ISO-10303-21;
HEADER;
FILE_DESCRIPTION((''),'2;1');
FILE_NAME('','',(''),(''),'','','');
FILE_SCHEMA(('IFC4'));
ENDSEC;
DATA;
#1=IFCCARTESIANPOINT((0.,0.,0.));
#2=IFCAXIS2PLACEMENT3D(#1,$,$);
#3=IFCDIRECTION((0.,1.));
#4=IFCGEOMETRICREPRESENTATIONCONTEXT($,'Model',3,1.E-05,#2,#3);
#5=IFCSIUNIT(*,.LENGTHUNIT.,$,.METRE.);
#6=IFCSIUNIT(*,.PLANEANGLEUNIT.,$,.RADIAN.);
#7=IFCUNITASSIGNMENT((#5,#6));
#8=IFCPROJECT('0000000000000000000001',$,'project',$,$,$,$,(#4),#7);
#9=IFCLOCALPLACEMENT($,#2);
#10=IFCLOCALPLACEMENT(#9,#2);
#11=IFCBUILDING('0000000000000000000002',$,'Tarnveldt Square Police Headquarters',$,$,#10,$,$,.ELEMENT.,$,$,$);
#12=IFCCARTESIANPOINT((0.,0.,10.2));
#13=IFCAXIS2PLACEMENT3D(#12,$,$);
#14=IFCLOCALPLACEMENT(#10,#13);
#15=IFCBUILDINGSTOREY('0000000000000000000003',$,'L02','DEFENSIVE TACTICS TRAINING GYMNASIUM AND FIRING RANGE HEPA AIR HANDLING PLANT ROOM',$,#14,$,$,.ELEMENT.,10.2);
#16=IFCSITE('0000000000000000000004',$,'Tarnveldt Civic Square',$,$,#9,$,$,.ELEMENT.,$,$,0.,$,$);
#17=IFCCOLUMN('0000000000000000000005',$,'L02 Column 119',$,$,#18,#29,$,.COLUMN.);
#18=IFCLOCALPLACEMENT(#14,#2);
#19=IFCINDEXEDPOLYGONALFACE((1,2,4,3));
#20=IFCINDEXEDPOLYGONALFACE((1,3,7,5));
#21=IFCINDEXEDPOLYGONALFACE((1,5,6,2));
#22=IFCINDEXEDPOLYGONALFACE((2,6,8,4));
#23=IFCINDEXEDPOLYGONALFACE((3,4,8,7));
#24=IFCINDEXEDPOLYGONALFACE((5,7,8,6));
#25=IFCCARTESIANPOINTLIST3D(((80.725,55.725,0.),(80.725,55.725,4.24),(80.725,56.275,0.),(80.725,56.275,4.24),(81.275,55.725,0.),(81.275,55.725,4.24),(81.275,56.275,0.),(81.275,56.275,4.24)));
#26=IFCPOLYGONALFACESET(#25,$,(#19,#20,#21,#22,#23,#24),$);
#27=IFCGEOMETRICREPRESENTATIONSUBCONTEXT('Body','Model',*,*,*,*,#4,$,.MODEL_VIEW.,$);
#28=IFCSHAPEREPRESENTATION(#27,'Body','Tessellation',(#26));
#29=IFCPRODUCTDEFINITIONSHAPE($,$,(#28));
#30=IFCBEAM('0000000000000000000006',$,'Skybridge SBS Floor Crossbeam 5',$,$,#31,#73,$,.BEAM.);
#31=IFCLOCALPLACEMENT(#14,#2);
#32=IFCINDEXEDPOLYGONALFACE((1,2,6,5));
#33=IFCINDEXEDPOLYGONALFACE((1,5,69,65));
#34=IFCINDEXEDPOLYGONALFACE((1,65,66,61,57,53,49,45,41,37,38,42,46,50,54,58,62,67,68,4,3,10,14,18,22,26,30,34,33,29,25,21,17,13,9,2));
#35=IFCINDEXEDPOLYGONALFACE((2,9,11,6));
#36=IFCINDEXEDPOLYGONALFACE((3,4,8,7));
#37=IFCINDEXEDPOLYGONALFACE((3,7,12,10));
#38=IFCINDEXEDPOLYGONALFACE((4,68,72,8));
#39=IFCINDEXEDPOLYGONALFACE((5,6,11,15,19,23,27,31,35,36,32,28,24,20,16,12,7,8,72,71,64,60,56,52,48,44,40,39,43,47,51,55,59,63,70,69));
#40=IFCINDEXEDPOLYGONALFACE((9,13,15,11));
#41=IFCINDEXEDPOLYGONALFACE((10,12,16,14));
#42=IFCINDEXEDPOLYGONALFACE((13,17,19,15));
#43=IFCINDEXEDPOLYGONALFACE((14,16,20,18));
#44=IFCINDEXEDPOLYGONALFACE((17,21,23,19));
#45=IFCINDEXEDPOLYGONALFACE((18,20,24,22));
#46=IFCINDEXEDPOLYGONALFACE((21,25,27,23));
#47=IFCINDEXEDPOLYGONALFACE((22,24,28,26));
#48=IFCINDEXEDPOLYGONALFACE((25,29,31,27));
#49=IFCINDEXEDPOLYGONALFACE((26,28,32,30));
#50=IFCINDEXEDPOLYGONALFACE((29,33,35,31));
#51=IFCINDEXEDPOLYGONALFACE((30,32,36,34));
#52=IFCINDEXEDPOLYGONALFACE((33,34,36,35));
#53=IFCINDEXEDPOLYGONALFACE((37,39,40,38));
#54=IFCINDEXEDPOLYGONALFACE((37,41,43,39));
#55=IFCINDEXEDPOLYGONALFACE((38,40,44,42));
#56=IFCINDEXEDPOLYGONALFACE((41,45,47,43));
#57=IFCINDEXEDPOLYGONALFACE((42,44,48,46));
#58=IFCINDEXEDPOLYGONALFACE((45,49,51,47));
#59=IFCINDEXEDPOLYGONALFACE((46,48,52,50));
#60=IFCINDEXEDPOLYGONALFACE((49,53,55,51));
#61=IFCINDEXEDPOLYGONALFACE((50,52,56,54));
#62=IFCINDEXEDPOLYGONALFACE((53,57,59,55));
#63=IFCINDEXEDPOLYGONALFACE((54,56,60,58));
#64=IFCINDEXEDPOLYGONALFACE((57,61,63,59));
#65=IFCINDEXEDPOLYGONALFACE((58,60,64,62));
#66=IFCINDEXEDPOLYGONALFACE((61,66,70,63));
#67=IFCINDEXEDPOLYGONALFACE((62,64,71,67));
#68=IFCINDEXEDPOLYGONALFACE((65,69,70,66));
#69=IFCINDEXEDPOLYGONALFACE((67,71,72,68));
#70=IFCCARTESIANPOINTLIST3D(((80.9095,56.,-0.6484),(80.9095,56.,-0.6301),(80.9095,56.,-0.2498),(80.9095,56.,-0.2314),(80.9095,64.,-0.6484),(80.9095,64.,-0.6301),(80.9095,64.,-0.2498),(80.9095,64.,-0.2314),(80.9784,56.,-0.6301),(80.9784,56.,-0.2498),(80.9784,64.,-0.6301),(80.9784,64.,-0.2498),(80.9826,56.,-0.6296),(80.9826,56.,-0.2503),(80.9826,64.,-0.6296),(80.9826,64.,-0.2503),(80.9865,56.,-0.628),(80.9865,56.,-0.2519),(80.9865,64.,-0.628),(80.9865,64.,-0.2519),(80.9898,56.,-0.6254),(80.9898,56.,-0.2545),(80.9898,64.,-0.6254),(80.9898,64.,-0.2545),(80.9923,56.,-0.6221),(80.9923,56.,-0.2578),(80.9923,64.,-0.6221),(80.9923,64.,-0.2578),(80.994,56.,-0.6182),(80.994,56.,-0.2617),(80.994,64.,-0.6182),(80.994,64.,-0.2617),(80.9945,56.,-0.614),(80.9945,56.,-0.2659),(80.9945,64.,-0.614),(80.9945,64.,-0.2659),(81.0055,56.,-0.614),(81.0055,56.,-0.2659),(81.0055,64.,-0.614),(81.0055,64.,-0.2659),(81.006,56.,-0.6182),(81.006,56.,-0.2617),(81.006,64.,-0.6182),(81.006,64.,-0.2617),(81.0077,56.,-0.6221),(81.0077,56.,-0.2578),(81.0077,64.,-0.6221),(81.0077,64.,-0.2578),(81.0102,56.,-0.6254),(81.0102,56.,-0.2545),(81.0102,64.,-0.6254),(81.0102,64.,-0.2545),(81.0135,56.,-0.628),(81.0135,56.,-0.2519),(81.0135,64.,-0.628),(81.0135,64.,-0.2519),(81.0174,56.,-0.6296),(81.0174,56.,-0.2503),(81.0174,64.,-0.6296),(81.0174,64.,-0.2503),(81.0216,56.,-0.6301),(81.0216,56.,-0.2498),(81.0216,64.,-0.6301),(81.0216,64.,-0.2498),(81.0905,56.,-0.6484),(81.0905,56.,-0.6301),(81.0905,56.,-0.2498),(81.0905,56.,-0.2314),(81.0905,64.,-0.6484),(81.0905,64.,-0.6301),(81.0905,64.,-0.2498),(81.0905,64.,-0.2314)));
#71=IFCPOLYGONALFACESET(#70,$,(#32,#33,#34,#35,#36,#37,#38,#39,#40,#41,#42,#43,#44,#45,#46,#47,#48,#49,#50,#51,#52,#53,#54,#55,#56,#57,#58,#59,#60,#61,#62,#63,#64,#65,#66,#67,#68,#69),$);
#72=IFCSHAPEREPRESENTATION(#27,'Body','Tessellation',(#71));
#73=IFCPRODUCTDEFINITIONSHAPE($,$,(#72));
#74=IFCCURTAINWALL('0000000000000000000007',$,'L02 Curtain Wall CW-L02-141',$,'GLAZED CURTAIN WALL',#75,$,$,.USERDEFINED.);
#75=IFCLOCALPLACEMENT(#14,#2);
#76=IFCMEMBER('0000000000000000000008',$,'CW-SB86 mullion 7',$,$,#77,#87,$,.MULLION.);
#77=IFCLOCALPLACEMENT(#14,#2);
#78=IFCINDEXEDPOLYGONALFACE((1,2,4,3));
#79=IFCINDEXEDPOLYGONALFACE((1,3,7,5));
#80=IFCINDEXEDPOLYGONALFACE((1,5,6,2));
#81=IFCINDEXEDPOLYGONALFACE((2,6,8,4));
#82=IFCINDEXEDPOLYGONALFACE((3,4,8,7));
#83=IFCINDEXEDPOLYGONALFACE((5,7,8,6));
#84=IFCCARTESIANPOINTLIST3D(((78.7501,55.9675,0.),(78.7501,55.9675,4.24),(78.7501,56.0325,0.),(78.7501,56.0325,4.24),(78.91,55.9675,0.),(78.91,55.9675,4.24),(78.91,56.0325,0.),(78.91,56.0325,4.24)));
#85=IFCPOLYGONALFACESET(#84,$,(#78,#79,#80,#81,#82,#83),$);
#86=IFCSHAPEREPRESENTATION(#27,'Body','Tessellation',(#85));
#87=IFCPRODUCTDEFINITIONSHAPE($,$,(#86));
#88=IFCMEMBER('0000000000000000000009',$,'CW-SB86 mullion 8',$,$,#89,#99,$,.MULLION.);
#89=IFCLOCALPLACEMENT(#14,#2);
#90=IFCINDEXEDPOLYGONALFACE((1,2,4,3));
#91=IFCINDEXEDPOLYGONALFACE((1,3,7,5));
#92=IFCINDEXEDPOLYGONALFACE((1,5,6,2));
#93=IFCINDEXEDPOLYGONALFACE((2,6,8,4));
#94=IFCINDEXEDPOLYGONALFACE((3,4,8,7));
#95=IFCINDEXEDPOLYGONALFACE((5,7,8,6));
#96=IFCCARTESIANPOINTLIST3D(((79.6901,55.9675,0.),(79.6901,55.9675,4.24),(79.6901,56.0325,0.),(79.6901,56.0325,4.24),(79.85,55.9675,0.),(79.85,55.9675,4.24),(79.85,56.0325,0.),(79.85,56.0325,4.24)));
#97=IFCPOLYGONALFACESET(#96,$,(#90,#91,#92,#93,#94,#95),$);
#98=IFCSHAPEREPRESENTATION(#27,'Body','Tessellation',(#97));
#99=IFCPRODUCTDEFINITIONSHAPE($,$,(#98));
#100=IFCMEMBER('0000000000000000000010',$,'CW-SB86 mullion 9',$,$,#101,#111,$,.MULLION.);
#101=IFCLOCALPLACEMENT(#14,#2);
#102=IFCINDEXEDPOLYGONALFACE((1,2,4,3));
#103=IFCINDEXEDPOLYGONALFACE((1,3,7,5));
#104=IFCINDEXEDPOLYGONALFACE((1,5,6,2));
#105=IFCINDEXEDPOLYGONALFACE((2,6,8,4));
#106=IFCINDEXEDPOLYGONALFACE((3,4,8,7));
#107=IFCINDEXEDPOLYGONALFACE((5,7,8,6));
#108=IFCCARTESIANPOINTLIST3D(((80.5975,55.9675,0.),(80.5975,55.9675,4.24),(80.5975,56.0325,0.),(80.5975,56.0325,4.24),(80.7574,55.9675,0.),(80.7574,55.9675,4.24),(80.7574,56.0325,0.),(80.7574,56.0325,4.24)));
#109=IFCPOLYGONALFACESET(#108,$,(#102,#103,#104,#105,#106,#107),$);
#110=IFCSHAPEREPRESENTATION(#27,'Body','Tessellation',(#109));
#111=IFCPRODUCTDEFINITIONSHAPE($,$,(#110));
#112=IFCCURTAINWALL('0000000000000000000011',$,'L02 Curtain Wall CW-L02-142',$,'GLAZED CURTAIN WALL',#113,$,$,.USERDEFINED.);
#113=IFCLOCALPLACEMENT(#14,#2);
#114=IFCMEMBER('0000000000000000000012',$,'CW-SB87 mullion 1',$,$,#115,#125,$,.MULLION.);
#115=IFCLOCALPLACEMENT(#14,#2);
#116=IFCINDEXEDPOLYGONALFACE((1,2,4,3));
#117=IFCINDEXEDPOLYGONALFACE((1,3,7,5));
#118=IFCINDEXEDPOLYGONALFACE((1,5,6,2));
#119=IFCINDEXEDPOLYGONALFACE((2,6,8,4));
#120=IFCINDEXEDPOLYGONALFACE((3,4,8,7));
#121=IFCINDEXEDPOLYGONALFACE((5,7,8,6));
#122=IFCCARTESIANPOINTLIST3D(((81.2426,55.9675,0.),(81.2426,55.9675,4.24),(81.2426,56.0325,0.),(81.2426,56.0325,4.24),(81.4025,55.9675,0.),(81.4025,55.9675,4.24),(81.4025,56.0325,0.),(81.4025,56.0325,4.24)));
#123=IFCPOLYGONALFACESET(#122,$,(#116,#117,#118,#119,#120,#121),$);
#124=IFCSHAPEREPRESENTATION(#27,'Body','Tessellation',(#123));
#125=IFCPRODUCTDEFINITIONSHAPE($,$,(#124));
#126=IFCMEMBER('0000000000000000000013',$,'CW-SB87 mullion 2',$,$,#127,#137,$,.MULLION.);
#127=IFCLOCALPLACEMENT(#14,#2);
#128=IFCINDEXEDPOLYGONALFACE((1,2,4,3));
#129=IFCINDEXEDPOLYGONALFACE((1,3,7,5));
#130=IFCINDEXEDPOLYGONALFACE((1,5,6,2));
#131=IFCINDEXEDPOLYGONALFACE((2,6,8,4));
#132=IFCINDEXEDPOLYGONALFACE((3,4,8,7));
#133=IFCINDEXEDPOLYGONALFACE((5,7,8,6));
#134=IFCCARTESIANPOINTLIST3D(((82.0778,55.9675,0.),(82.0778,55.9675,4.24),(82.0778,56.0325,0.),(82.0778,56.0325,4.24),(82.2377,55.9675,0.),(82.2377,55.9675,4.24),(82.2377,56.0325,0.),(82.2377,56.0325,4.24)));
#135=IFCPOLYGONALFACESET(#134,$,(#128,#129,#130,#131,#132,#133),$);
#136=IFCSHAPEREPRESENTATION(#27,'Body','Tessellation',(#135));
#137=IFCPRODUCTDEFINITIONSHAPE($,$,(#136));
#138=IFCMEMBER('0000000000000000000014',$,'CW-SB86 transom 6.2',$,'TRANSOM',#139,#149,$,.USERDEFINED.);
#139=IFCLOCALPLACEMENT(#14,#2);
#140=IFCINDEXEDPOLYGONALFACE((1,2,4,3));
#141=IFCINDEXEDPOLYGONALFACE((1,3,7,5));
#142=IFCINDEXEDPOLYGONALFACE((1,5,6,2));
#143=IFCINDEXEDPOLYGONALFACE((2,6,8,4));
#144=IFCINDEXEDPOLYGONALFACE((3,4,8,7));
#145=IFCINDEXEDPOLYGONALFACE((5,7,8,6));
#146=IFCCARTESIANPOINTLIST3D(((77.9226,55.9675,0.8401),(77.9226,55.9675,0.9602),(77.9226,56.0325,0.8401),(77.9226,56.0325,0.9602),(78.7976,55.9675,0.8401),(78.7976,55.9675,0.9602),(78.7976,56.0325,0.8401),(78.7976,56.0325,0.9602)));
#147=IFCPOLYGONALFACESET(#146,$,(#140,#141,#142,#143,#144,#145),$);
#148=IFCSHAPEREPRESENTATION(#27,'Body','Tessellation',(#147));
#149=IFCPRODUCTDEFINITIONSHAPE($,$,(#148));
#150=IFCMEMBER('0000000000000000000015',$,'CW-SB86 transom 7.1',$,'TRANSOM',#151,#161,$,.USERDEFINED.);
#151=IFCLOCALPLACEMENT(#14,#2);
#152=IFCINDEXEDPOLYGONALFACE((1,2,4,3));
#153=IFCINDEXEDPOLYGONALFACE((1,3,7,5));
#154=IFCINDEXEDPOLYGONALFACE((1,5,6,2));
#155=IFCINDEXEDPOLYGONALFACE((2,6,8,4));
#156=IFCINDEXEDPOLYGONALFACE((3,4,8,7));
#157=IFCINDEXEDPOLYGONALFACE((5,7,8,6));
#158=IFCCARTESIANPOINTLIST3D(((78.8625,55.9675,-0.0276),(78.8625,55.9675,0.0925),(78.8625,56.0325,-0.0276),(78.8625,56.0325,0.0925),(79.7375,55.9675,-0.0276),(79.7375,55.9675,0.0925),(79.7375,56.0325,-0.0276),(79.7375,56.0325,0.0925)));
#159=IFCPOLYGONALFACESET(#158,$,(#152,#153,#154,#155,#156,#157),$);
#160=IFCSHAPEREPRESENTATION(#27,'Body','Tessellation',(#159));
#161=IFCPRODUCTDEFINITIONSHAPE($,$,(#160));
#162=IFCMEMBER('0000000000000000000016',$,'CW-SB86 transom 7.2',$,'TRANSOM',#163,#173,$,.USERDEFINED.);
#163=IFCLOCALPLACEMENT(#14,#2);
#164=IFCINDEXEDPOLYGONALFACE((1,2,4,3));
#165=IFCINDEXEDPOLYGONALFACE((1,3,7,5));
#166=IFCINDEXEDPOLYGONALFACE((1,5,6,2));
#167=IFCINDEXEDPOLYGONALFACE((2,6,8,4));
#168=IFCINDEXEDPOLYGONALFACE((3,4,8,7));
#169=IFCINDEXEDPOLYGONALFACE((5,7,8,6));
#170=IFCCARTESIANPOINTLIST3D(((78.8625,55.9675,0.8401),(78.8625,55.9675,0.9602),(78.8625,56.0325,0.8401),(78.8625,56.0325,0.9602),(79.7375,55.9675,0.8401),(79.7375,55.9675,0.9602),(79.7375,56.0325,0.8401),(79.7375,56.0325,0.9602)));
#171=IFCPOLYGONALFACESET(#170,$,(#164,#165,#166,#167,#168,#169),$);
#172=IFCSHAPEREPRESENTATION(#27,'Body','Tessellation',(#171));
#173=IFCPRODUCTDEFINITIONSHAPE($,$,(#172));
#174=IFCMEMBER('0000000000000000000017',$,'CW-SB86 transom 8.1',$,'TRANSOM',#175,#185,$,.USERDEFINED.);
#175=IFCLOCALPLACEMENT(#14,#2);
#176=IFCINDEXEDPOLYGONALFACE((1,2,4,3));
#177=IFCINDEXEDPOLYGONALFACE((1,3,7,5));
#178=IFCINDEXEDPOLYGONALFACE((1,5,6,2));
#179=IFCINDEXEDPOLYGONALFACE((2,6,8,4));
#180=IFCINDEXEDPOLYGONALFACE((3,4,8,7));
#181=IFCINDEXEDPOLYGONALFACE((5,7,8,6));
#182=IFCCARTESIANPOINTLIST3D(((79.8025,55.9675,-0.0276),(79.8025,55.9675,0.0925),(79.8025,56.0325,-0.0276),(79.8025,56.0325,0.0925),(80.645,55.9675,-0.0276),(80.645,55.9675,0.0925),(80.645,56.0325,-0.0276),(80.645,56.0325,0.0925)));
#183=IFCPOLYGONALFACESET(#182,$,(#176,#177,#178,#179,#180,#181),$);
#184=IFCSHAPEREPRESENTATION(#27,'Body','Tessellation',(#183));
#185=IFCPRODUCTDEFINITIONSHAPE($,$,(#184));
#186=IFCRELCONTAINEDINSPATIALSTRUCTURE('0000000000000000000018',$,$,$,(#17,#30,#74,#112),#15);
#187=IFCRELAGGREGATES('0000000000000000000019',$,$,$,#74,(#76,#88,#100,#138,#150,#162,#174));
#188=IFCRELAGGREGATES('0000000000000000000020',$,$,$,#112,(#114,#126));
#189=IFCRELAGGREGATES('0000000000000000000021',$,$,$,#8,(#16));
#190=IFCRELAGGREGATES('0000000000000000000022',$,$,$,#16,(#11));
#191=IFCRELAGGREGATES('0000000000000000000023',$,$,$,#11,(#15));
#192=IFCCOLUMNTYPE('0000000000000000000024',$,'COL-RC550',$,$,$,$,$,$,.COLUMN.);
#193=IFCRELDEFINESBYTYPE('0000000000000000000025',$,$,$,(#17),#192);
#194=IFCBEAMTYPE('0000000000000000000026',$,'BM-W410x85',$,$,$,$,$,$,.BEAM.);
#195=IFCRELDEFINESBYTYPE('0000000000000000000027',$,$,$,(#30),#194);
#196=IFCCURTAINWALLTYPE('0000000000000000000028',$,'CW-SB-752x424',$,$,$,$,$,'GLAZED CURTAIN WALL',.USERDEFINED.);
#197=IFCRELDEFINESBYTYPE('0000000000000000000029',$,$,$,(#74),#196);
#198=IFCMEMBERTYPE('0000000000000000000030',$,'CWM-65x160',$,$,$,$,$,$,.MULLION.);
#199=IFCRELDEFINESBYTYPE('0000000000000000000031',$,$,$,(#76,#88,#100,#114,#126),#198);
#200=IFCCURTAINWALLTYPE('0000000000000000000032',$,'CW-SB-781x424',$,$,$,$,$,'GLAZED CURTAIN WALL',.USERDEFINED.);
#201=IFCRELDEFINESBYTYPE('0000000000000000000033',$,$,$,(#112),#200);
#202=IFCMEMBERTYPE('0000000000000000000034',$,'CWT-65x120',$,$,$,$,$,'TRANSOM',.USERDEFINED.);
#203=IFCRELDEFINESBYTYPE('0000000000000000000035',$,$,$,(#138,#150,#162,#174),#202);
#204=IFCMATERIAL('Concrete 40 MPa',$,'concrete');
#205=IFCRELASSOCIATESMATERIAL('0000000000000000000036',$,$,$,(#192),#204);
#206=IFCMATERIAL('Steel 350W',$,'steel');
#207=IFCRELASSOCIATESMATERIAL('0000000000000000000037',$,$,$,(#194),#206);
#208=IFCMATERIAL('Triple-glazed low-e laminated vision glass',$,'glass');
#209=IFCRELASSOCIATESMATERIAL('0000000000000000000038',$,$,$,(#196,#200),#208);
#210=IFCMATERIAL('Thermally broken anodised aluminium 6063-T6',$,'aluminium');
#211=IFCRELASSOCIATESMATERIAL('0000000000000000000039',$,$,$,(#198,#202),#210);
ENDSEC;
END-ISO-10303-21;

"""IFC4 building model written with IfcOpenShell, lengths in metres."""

from ifc_helpers import new_model, si_unit, direction, frame, origin, origin_2d, place, context, subcontext, project, spatial, rectangle, i_section, extrude, material, material_profile, profile_set, type_object, element, aggregate, save


model = new_model("IFC4")

# Units and contexts
model_context = context("Model", 3, precision=1e-05, world=origin(), true_north=direction((0.0, 1.0)))
body_context = subcontext(model_context, "Body", "Model", "MODEL_VIEW")
ifc_project = project(units=[si_unit("LENGTHUNIT", "METRE"), si_unit("PLANEANGLEUNIT", "RADIAN")], contexts=[model_context])

# Site, building, storey
site_placement = place(None, origin())
site = spatial("IfcSite", under=ifc_project, at=site_placement, Name="Tarnveldt Civic Square", CompositionType="ELEMENT", RefElevation=0.0)
building_placement = place(site_placement, origin())
building = spatial("IfcBuilding", under=site, at=building_placement, Name="Tarnveldt Square Police Headquarters", CompositionType="ELEMENT")
storey_placement = place(building_placement, frame((0.0, 0.0, 10.2)))
storey = spatial("IfcBuildingStorey", under=building, at=storey_placement, Name="L02", Description="DEFENSIVE TACTICS TRAINING GYMNASIUM AND FIRING RANGE HEPA AIR HANDLING PLANT ROOM", CompositionType="ELEMENT", Elevation=10.2)

# Column
ifc_material_1 = material(Name="Concrete 40 MPa", Category="concrete")
ifc_material_profile_1 = material_profile(ifc_material_1, rectangle(XDim=0.55, YDim=0.55, at=origin_2d()), Name="RC-C550x550")
ifc_profile_set_1 = profile_set([ifc_material_profile_1], Name="Concrete 40 MPa")
column_type = type_object("IfcColumnType", Name="COL-RC550", PredefinedType="COLUMN", material=ifc_profile_set_1)
column_placement = place(storey_placement, frame((81.0, 56.0, 0.0), z_axis=(0.0, 0.0, 1.0), x_axis=(1.0, 0.0, 0.0)))
element("IfcColumn", 1, at=column_placement, inside=storey, type_object=column_type, Name="L02 Column 119", PredefinedType="COLUMN", context=body_context, shape_type="SweptSolid", body=[
    extrude(rectangle(XDim=0.55, YDim=0.55, at=origin_2d()), origin(), (0.0, 0.0, 1.0), 4.24),
])

# Beam
ifc_material_2 = material(Name="Steel 350W", Category="steel")
ifc_material_profile_2 = material_profile(ifc_material_2, i_section(OverallWidth=0.1809, OverallDepth=0.417, WebThickness=0.011, FlangeThickness=0.0183, FilletRadius=0.0161, at=origin_2d()), Name="W410x85")
ifc_profile_set_2 = profile_set([ifc_material_profile_2], Name="Steel 350W")
beam_type = type_object("IfcBeamType", Name="BM-W410x85", PredefinedType="BEAM", material=ifc_profile_set_2)
beam_placement = place(storey_placement, frame((81.0, 56.0, -0.4399), z_axis=(0.0, 1.0, 0.0), x_axis=(-1.0, 0.0, 0.0)))
element("IfcBeam", 2, at=beam_placement, inside=storey, type_object=beam_type, Name="Skybridge SBS Floor Crossbeam 5", PredefinedType="BEAM", context=body_context, shape_type="SweptSolid", body=[
    extrude(i_section(OverallWidth=0.1809, OverallDepth=0.417, WebThickness=0.011, FlangeThickness=0.0183, FilletRadius=0.0161, at=origin_2d()), origin(), (0.0, 0.0, 1.0), 8.0),
])

# Curtain walls, members
ifc_material_3 = material(Name="Triple-glazed low-e laminated vision glass", Category="glass")
curtain_wall_type_1 = type_object("IfcCurtainWallType", Name="CW-SB-752x424", ElementType="GLAZED CURTAIN WALL", PredefinedType="USERDEFINED", material=ifc_material_3)
curtain_wall_1_placement = place(storey_placement, origin())
curtain_wall_1 = element("IfcCurtainWall", 3, at=curtain_wall_1_placement, inside=storey, type_object=curtain_wall_type_1, Name="L02 Curtain Wall CW-L02-141", ObjectType="GLAZED CURTAIN WALL", PredefinedType="USERDEFINED")
ifc_material_4 = material(Name="Thermally broken anodised aluminium 6063-T6", Category="aluminium")
ifc_material_profile_3 = material_profile(ifc_material_4, rectangle(XDim=0.0649, YDim=0.1599, at=origin_2d()), Name="CW-M65x160")
ifc_profile_set_3 = profile_set([ifc_material_profile_3], Name="Thermally broken anodised aluminium 6063-T6")
member_type_1 = type_object("IfcMemberType", Name="CWM-65x160", PredefinedType="MULLION", material=ifc_profile_set_3)
member_1_placement = place(storey_placement, frame((78.8301, 56.0, 0.0), z_axis=(0.0, 0.0, 1.0), x_axis=(0.0, 1.0, 0.0)))
member_1 = element("IfcMember", 4, at=member_1_placement, type_object=member_type_1, Name="CW-SB86 mullion 7", PredefinedType="MULLION", context=body_context, shape_type="SweptSolid", body=[
    extrude(rectangle(XDim=0.0649, YDim=0.1599, at=origin_2d()), origin(), (0.0, 0.0, 1.0), 4.24),
])
member_2_placement = place(storey_placement, frame((79.77, 56.0, 0.0), z_axis=(0.0, 0.0, 1.0), x_axis=(0.0, 1.0, 0.0)))
member_2 = element("IfcMember", 5, at=member_2_placement, type_object=member_type_1, Name="CW-SB86 mullion 8", PredefinedType="MULLION", context=body_context, shape_type="SweptSolid", body=[
    extrude(rectangle(XDim=0.0649, YDim=0.1599, at=origin_2d()), origin(), (0.0, 0.0, 1.0), 4.24),
])
member_3_placement = place(storey_placement, frame((80.6775, 56.0, 0.0), z_axis=(0.0, 0.0, 1.0), x_axis=(0.0, 1.0, 0.0)))
member_3 = element("IfcMember", 6, at=member_3_placement, type_object=member_type_1, Name="CW-SB86 mullion 9", PredefinedType="MULLION", context=body_context, shape_type="SweptSolid", body=[
    extrude(rectangle(XDim=0.0649, YDim=0.1599, at=origin_2d()), origin(), (0.0, 0.0, 1.0), 4.24),
])
curtain_wall_type_2 = type_object("IfcCurtainWallType", Name="CW-SB-781x424", ElementType="GLAZED CURTAIN WALL", PredefinedType="USERDEFINED", material=ifc_material_3)
curtain_wall_2_placement = place(storey_placement, origin())
curtain_wall_2 = element("IfcCurtainWall", 7, at=curtain_wall_2_placement, inside=storey, type_object=curtain_wall_type_2, Name="L02 Curtain Wall CW-L02-142", ObjectType="GLAZED CURTAIN WALL", PredefinedType="USERDEFINED")
member_4_placement = place(storey_placement, frame((81.3225, 56.0, 0.0), z_axis=(0.0, 0.0, 1.0), x_axis=(0.0, 1.0, 0.0)))
member_4 = element("IfcMember", 8, at=member_4_placement, type_object=member_type_1, Name="CW-SB87 mullion 1", PredefinedType="MULLION", context=body_context, shape_type="SweptSolid", body=[
    extrude(rectangle(XDim=0.0649, YDim=0.1599, at=origin_2d()), origin(), (0.0, 0.0, 1.0), 4.24),
])
member_5_placement = place(storey_placement, frame((82.1577, 56.0, 0.0), z_axis=(0.0, 0.0, 1.0), x_axis=(0.0, 1.0, 0.0)))
member_5 = element("IfcMember", 9, at=member_5_placement, type_object=member_type_1, Name="CW-SB87 mullion 2", PredefinedType="MULLION", context=body_context, shape_type="SweptSolid", body=[
    extrude(rectangle(XDim=0.0649, YDim=0.1599, at=origin_2d()), origin(), (0.0, 0.0, 1.0), 4.24),
])

# Members
ifc_material_profile_4 = material_profile(ifc_material_4, rectangle(XDim=0.0649, YDim=0.1201, at=origin_2d()), Name="CW-T65x120")
ifc_profile_set_4 = profile_set([ifc_material_profile_4], Name="Thermally broken anodised aluminium 6063-T6")
member_type_2 = type_object("IfcMemberType", Name="CWT-65x120", ElementType="TRANSOM", PredefinedType="USERDEFINED", material=ifc_profile_set_4)
member_6_placement = place(storey_placement, frame((77.9226, 56.0, 0.9001), z_axis=(1.0, 0.0, 0.0), x_axis=(0.0, 1.0, 0.0)))
member_6 = element("IfcMember", 10, at=member_6_placement, type_object=member_type_2, Name="CW-SB86 transom 6.2", ObjectType="TRANSOM", PredefinedType="USERDEFINED", context=body_context, shape_type="SweptSolid", body=[
    extrude(rectangle(XDim=0.0649, YDim=0.1201, at=origin_2d()), origin(), (0.0, 0.0, 1.0), 0.875),
])
member_7_placement = place(storey_placement, frame((78.8625, 56.0, 0.0325), z_axis=(1.0, 0.0, 0.0), x_axis=(0.0, 1.0, 0.0)))
member_7 = element("IfcMember", 11, at=member_7_placement, type_object=member_type_2, Name="CW-SB86 transom 7.1", ObjectType="TRANSOM", PredefinedType="USERDEFINED", context=body_context, shape_type="SweptSolid", body=[
    extrude(rectangle(XDim=0.0649, YDim=0.1201, at=origin_2d()), origin(), (0.0, 0.0, 1.0), 0.875),
])
member_8_placement = place(storey_placement, frame((78.8625, 56.0, 0.9001), z_axis=(1.0, 0.0, 0.0), x_axis=(0.0, 1.0, 0.0)))
member_8 = element("IfcMember", 12, at=member_8_placement, type_object=member_type_2, Name="CW-SB86 transom 7.2", ObjectType="TRANSOM", PredefinedType="USERDEFINED", context=body_context, shape_type="SweptSolid", body=[
    extrude(rectangle(XDim=0.0649, YDim=0.1201, at=origin_2d()), origin(), (0.0, 0.0, 1.0), 0.875),
])
member_9_placement = place(storey_placement, frame((79.8025, 56.0, 0.0325), z_axis=(1.0, 0.0, 0.0), x_axis=(0.0, 1.0, 0.0)))
member_9 = element("IfcMember", 13, at=member_9_placement, type_object=member_type_2, Name="CW-SB86 transom 8.1", ObjectType="TRANSOM", PredefinedType="USERDEFINED", context=body_context, shape_type="SweptSolid", body=[
    extrude(rectangle(XDim=0.0649, YDim=0.1201, at=origin_2d()), origin(), (0.0, 0.0, 1.0), 0.8425),
])

aggregate(curtain_wall_1, [member_1, member_2, member_3, member_6, member_7, member_8, member_9])
aggregate(curtain_wall_2, [member_4, member_5])

save(model, "model.ifc")
